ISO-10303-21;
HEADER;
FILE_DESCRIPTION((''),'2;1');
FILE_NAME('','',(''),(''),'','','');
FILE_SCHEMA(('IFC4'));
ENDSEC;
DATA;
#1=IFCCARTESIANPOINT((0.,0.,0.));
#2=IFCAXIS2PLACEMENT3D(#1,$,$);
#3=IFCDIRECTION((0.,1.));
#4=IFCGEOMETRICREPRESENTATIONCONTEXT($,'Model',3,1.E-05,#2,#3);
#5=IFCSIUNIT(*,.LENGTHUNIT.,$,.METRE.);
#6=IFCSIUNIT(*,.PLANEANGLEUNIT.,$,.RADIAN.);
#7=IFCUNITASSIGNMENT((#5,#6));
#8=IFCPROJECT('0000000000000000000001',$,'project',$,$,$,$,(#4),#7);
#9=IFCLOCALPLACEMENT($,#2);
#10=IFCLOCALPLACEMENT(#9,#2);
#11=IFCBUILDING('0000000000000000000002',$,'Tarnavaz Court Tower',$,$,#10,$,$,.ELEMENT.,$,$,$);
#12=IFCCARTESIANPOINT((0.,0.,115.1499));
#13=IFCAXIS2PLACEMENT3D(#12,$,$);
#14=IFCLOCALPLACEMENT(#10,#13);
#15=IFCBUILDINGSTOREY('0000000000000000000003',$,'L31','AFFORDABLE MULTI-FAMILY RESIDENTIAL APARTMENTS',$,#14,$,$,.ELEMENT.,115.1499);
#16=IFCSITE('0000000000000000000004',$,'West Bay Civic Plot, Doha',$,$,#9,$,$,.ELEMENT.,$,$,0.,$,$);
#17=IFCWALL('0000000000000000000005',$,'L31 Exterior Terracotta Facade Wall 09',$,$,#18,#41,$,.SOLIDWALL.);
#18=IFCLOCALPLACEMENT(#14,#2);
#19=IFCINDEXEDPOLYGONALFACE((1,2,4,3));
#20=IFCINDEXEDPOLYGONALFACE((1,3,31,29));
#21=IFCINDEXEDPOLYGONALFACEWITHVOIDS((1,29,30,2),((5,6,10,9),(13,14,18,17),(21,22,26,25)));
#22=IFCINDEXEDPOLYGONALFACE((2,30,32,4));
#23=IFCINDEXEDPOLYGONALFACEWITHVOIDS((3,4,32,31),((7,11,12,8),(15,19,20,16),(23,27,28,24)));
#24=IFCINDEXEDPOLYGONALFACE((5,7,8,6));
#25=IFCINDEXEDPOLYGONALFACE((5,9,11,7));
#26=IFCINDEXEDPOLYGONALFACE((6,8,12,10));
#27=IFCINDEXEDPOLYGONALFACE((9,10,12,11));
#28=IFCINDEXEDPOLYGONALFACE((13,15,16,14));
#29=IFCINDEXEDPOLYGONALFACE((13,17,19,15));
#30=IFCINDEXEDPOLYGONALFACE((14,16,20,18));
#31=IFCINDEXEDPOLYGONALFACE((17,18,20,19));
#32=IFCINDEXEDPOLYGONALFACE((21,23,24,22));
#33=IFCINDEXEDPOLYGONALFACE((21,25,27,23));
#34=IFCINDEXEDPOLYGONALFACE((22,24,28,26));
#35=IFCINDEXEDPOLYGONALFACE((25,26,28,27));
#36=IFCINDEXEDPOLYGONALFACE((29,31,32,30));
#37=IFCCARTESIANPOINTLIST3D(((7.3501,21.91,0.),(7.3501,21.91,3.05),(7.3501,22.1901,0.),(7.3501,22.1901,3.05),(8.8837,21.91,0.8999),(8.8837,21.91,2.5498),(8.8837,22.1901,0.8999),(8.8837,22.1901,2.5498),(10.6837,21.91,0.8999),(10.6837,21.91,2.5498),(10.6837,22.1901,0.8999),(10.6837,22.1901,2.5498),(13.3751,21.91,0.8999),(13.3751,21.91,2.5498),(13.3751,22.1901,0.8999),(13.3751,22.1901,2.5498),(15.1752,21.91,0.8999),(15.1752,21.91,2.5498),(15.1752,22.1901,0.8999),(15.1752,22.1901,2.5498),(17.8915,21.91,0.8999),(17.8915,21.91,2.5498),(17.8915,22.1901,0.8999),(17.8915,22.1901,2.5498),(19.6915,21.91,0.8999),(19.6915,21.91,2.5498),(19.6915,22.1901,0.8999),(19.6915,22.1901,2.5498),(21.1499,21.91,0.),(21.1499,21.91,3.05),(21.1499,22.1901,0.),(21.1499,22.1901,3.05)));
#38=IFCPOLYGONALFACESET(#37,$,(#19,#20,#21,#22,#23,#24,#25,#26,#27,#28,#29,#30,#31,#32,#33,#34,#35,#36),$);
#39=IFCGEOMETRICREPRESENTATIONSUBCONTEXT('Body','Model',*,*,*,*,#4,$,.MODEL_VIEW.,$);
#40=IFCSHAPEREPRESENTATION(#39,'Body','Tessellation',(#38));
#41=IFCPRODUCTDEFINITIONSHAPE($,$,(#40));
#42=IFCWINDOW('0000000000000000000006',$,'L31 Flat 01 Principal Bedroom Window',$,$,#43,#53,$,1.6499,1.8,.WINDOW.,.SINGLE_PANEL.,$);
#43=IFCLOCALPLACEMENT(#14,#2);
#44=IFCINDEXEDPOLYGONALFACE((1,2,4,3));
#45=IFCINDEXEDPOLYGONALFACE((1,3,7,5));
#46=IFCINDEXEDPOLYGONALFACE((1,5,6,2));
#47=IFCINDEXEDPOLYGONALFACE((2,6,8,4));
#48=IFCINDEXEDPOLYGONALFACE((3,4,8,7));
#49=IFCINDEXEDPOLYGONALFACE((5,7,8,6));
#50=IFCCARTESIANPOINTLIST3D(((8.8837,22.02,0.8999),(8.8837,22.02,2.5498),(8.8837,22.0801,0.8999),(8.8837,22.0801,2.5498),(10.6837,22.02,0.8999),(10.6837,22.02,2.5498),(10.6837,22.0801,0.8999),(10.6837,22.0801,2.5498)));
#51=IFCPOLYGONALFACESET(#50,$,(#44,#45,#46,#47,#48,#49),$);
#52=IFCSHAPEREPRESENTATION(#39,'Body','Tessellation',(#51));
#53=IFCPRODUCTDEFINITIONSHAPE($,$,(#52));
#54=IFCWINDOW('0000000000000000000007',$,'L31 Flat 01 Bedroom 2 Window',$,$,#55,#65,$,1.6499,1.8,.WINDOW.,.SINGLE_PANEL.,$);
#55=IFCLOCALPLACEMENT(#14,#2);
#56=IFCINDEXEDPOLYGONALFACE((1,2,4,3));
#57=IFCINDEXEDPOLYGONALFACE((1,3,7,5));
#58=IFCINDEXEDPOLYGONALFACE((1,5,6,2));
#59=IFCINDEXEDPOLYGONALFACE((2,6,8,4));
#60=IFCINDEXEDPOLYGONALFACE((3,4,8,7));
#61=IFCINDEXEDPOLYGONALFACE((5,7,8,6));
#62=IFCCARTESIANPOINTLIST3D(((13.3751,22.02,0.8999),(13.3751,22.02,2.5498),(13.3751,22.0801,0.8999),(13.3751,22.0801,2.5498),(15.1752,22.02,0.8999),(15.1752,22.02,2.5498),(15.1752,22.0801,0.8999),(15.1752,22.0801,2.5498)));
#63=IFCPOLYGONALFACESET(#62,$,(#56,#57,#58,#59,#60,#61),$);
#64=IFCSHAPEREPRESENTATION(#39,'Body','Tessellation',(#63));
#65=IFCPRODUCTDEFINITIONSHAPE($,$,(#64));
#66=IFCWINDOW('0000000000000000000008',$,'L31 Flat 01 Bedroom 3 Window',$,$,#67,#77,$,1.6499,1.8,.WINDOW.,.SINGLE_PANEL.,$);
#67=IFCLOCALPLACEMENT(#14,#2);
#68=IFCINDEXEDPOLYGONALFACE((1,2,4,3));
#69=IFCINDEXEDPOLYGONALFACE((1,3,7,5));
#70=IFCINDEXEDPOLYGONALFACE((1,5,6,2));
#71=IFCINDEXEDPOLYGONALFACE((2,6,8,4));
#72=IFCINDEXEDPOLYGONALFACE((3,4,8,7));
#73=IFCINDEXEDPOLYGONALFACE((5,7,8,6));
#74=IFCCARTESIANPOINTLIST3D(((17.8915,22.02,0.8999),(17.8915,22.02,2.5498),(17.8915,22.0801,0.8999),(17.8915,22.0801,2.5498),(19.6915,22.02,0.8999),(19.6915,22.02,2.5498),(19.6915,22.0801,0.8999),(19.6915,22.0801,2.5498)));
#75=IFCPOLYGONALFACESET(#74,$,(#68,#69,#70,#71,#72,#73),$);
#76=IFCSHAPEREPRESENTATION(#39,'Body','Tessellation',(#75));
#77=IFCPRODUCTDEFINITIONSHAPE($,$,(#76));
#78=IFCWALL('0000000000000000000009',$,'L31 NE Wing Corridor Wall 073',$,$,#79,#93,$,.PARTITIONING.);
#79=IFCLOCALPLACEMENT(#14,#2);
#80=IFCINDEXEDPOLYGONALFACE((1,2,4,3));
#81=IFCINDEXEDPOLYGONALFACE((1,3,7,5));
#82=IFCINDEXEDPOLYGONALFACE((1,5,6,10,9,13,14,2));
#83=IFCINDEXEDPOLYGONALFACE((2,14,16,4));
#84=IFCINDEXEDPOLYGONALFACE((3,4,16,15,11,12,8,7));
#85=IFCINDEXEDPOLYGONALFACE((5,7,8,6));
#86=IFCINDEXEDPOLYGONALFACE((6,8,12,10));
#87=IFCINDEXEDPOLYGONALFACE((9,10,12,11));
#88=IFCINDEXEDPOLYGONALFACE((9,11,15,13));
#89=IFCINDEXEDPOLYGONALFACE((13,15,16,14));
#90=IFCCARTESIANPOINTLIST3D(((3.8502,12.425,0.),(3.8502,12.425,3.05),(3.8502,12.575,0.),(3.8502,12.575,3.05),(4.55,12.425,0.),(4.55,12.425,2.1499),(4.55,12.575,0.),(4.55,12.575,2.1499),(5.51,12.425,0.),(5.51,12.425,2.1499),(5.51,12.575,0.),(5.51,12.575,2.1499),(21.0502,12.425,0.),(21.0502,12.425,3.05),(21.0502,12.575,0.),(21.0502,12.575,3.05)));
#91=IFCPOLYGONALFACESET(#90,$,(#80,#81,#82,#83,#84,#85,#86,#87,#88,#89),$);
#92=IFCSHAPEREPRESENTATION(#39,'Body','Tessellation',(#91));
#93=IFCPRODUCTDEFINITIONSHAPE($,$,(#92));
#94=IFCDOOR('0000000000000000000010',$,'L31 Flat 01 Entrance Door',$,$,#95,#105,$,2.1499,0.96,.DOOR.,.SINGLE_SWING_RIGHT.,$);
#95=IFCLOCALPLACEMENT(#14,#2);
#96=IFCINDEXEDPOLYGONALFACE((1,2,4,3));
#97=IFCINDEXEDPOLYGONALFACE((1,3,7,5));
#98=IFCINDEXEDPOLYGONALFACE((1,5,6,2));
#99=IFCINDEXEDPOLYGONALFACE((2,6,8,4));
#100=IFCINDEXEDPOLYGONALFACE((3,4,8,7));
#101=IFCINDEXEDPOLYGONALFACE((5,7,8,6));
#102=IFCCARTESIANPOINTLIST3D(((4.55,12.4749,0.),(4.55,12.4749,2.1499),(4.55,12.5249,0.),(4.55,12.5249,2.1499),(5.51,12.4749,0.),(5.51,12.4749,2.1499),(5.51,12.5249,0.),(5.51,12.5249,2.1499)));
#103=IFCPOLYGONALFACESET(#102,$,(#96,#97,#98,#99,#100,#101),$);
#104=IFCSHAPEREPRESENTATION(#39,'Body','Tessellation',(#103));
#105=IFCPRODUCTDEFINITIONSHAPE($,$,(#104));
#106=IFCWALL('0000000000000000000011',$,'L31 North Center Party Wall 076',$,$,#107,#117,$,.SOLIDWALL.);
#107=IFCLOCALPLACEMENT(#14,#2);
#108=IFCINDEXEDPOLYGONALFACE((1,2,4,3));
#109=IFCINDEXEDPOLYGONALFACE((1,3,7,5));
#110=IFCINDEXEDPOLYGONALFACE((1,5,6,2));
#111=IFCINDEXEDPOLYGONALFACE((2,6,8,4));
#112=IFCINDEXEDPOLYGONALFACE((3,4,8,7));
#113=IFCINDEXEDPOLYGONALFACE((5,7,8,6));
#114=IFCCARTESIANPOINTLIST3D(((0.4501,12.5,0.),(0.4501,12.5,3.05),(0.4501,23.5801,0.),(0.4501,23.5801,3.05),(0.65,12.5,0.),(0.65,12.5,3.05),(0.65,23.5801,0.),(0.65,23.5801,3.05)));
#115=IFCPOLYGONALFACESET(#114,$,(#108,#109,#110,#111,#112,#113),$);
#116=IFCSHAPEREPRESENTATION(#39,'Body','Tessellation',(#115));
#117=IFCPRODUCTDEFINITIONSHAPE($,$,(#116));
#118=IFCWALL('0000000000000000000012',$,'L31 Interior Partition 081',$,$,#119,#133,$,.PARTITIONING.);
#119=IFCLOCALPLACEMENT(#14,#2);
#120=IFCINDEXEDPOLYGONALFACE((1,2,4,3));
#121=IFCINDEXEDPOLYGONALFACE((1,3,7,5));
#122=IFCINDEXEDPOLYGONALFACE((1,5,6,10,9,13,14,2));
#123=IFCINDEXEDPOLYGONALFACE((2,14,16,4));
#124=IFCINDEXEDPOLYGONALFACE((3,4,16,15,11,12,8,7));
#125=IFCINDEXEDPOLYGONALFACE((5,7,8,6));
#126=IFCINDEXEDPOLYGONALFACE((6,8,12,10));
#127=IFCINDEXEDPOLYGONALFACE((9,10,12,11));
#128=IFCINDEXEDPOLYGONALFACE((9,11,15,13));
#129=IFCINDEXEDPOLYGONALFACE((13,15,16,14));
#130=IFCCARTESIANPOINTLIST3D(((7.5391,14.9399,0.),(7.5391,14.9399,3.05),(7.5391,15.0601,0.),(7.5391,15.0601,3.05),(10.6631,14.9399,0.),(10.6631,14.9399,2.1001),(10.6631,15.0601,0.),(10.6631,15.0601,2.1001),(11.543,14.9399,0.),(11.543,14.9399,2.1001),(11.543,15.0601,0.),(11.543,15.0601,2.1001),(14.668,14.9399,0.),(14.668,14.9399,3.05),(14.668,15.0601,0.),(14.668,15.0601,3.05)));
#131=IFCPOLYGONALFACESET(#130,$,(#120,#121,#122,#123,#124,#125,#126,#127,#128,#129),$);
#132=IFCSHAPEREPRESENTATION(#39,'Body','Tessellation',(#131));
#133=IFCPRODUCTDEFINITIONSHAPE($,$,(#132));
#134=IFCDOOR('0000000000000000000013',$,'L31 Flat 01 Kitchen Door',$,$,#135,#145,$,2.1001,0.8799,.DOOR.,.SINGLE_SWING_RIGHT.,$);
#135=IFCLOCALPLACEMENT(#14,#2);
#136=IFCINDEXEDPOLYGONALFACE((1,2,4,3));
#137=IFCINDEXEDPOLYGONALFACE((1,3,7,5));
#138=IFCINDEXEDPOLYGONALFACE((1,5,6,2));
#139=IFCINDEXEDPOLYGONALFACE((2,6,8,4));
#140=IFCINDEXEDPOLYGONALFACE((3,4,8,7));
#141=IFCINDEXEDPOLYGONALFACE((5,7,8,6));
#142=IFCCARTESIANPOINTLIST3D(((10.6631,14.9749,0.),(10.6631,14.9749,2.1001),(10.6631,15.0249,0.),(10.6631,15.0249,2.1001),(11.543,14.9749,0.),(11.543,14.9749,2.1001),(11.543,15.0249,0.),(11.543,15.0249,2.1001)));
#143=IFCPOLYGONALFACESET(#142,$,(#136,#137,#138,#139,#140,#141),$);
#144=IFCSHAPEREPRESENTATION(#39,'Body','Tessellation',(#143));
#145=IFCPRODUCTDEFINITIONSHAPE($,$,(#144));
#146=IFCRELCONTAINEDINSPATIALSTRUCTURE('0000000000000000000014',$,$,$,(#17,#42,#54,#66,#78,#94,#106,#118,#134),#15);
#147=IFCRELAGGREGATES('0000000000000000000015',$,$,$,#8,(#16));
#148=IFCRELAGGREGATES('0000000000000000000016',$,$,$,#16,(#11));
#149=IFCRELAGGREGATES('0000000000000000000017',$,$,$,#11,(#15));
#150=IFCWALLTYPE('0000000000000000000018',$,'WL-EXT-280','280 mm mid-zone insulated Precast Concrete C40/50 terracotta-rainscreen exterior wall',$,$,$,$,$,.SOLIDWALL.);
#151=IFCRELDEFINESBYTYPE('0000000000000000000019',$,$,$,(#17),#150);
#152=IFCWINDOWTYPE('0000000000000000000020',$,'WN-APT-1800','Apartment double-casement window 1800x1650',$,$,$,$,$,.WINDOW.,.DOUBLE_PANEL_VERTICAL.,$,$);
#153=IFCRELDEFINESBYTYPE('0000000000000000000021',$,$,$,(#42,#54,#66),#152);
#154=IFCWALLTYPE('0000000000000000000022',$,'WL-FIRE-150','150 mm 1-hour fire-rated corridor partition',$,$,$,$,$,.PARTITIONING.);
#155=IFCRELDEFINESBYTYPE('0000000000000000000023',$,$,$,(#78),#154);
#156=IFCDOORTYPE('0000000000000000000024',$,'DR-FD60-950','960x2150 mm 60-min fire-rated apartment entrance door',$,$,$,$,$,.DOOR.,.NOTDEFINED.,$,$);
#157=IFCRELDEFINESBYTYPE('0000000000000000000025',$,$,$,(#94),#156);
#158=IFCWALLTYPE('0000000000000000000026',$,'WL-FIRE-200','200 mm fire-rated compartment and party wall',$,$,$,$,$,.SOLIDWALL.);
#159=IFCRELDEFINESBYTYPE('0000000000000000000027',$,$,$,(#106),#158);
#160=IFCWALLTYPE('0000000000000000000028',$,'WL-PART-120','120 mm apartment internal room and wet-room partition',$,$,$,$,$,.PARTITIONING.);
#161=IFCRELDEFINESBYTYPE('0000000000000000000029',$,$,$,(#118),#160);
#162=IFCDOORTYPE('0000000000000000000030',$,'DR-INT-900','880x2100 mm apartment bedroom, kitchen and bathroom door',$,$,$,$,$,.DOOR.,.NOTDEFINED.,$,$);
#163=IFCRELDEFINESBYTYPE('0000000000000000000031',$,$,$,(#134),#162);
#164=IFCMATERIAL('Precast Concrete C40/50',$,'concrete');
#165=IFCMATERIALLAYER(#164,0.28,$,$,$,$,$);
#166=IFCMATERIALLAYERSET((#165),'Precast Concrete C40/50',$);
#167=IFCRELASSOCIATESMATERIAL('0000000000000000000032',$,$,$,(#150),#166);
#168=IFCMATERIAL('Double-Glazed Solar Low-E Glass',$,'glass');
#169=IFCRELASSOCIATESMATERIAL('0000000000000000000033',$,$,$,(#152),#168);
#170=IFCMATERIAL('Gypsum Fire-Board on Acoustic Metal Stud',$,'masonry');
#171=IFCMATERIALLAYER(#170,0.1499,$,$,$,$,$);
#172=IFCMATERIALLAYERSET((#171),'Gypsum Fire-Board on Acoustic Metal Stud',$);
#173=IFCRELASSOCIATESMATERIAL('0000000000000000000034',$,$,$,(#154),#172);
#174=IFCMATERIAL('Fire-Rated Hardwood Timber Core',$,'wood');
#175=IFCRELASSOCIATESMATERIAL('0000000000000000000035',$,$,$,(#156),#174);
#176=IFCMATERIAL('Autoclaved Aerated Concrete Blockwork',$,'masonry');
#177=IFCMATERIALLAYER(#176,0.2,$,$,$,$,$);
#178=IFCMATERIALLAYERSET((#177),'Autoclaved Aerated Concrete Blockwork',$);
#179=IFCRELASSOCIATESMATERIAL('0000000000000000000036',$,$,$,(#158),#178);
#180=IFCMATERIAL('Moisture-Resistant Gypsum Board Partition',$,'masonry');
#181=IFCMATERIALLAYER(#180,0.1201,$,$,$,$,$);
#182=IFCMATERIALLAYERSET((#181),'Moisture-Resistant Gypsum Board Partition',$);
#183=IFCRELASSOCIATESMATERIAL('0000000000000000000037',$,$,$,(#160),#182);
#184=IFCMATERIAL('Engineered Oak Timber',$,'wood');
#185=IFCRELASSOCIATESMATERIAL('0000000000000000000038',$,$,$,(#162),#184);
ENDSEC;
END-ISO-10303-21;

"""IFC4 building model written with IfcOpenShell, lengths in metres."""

from ifc_helpers import new_model, si_unit, direction, frame, frame_2d, origin, place, context, subcontext, project, spatial, rectangle, extrude, material, layer, layer_set, type_object, element, fill, save


model = new_model("IFC4")

# Units and contexts
model_context = context("Model", 3, precision=1e-05, world=origin(), true_north=direction((0.0, 1.0)))
body_context = subcontext(model_context, "Body", "Model", "MODEL_VIEW")
ifc_project = project(units=[si_unit("LENGTHUNIT", "METRE"), si_unit("PLANEANGLEUNIT", "RADIAN")], contexts=[model_context])

# Site, building, storey
site_placement = place(None, origin())
site = spatial("IfcSite", under=ifc_project, at=site_placement, Name="West Bay Civic Plot, Doha", CompositionType="ELEMENT", RefElevation=0.0)
building_placement = place(site_placement, origin())
building = spatial("IfcBuilding", under=site, at=building_placement, Name="Tarnavaz Court Tower", CompositionType="ELEMENT")
storey_placement = place(building_placement, frame((0.0, 0.0, 115.1499)))
storey = spatial("IfcBuildingStorey", under=building, at=storey_placement, Name="L31", Description="AFFORDABLE MULTI-FAMILY RESIDENTIAL APARTMENTS", CompositionType="ELEMENT", Elevation=115.1499)

# Shared definitions
ifc_material_1 = material(Name="Double-Glazed Solar Low-E Glass", Category="glass")

# Shared definitions
ifc_material_2 = material(Name="Precast Concrete C40/50", Category="concrete")
ifc_layer_1 = layer(ifc_material_2, 0.28)
ifc_layer_set_1 = layer_set([ifc_layer_1], Name="Precast Concrete C40/50")
wall_type_1 = type_object("IfcWallType", Name="WL-EXT-280", Description="280 mm mid-zone insulated Precast Concrete C40/50 terracotta-rainscreen exterior wall", PredefinedType="SOLIDWALL", material=ifc_layer_set_1)

# Wall, openings, windows
wall_1_placement = place(storey_placement, frame((7.3501, 22.05, 0.0), z_axis=(0.0, 0.0, 1.0), x_axis=(1.0, 0.0, 0.0)))
wall_1 = element("IfcWall", 1, at=wall_1_placement, inside=storey, type_object=wall_type_1, Name="L31 Exterior Terracotta Facade Wall 09", PredefinedType="SOLIDWALL", context=body_context, shape_type="SweptSolid", body=[
    extrude(rectangle(XDim=13.7998, YDim=0.28, at=frame_2d((6.8999, 0.0))), origin(), (0.0, 0.0, 1.0), 3.05),
])
opening_1_placement = place(wall_1_placement, frame((1.5337, 0.0, 0.8999)))
opening_1 = element("IfcOpeningElement", 2, at=opening_1_placement, cuts=wall_1, PredefinedType="OPENING", context=body_context, shape_type="SweptSolid", body=[
    extrude(rectangle(XDim=1.8, YDim=1.6499, at=frame_2d((0.8999, 0.825))), frame((0.0, 0.1499, 0.0), z_axis=(0.0, -1.0, 0.0), x_axis=(1.0, 0.0, 0.0)), (0.0, 0.0, 1.0), 0.3),
])
opening_2_placement = place(wall_1_placement, frame((6.0251, 0.0, 0.8999)))
opening_2 = element("IfcOpeningElement", 3, at=opening_2_placement, cuts=wall_1, PredefinedType="OPENING", context=body_context, shape_type="SweptSolid", body=[
    extrude(rectangle(XDim=1.8, YDim=1.6499, at=frame_2d((0.8999, 0.825))), frame((0.0, 0.1499, 0.0), z_axis=(0.0, -1.0, 0.0), x_axis=(1.0, 0.0, 0.0)), (0.0, 0.0, 1.0), 0.3),
])
opening_3_placement = place(wall_1_placement, frame((10.5415, 0.0, 0.8999)))
opening_3 = element("IfcOpeningElement", 4, at=opening_3_placement, cuts=wall_1, PredefinedType="OPENING", context=body_context, shape_type="SweptSolid", body=[
    extrude(rectangle(XDim=1.8, YDim=1.6499, at=frame_2d((0.8999, 0.825))), frame((0.0, 0.1499, 0.0), z_axis=(0.0, -1.0, 0.0), x_axis=(1.0, 0.0, 0.0)), (0.0, 0.0, 1.0), 0.3),
])
window_type_1 = type_object("IfcWindowType", Name="WN-APT-1800", Description="Apartment double-casement window 1800x1650", PartitioningType="DOUBLE_PANEL_VERTICAL", PredefinedType="WINDOW", material=ifc_material_1)
window_1_placement = place(opening_1_placement, origin())
window_1 = element("IfcWindow", 5, at=window_1_placement, inside=storey, type_object=window_type_1, Name="L31 Flat 01 Principal Bedroom Window", OverallHeight=1.6499, OverallWidth=1.8, PartitioningType="SINGLE_PANEL", PredefinedType="WINDOW", context=body_context, shape_type="SweptSolid", body=[
    extrude(rectangle(XDim=1.8, YDim=1.6499, at=frame_2d((0.8999, 0.825))), frame((0.0, 0.03, 0.0), z_axis=(0.0, -1.0, 0.0), x_axis=(1.0, 0.0, 0.0)), (0.0, 0.0, 1.0), 0.0601),
])
fill(opening_1, window_1)
window_2_placement = place(opening_2_placement, origin())
window_2 = element("IfcWindow", 6, at=window_2_placement, inside=storey, type_object=window_type_1, Name="L31 Flat 01 Bedroom 2 Window", OverallHeight=1.6499, OverallWidth=1.8, PartitioningType="SINGLE_PANEL", PredefinedType="WINDOW", context=body_context, shape_type="SweptSolid", body=[
    extrude(rectangle(XDim=1.8, YDim=1.6499, at=frame_2d((0.8999, 0.825))), frame((0.0, 0.03, 0.0), z_axis=(0.0, -1.0, 0.0), x_axis=(1.0, 0.0, 0.0)), (0.0, 0.0, 1.0), 0.0601),
])
fill(opening_2, window_2)
window_3_placement = place(opening_3_placement, origin())
window_3 = element("IfcWindow", 7, at=window_3_placement, inside=storey, type_object=window_type_1, Name="L31 Flat 01 Bedroom 3 Window", OverallHeight=1.6499, OverallWidth=1.8, PartitioningType="SINGLE_PANEL", PredefinedType="WINDOW", context=body_context, shape_type="SweptSolid", body=[
    extrude(rectangle(XDim=1.8, YDim=1.6499, at=frame_2d((0.8999, 0.825))), frame((0.0, 0.03, 0.0), z_axis=(0.0, -1.0, 0.0), x_axis=(1.0, 0.0, 0.0)), (0.0, 0.0, 1.0), 0.0601),
])
fill(opening_3, window_3)

# Wall, opening, door
ifc_material_3 = material(Name="Gypsum Fire-Board on Acoustic Metal Stud", Category="masonry")
ifc_layer_2 = layer(ifc_material_3, 0.1499)
ifc_layer_set_2 = layer_set([ifc_layer_2], Name="Gypsum Fire-Board on Acoustic Metal Stud")
wall_type_2 = type_object("IfcWallType", Name="WL-FIRE-150", Description="150 mm 1-hour fire-rated corridor partition", PredefinedType="PARTITIONING", material=ifc_layer_set_2)
wall_2_placement = place(storey_placement, frame((3.8501, 12.5, 0.0), z_axis=(0.0, 0.0, 1.0), x_axis=(1.0, 0.0, 0.0)))
wall_2 = element("IfcWall", 8, at=wall_2_placement, inside=storey, type_object=wall_type_2, Name="L31 NE Wing Corridor Wall 073", PredefinedType="PARTITIONING", context=body_context, shape_type="SweptSolid", body=[
    extrude(rectangle(XDim=17.2, YDim=0.1499, at=frame_2d((8.6001, 0.0))), origin(), (0.0, 0.0, 1.0), 3.05),
])
opening_4_placement = place(wall_2_placement, frame((0.7, 0.0, 0.0)))
opening_4 = element("IfcOpeningElement", 9, at=opening_4_placement, cuts=wall_2, PredefinedType="OPENING", context=body_context, shape_type="SweptSolid", body=[
    extrude(rectangle(XDim=0.96, YDim=2.1499, at=frame_2d((0.48, 1.075))), frame((0.0, 0.085, 0.0), z_axis=(0.0, -1.0, 0.0), x_axis=(1.0, 0.0, 0.0)), (0.0, 0.0, 1.0), 0.1699),
])
ifc_material_4 = material(Name="Fire-Rated Hardwood Timber Core", Category="wood")
door_type_1 = type_object("IfcDoorType", Name="DR-FD60-950", Description="960x2150 mm 60-min fire-rated apartment entrance door", OperationType="NOTDEFINED", PredefinedType="DOOR", material=ifc_material_4)
door_1_placement = place(opening_4_placement, origin())
door_1 = element("IfcDoor", 10, at=door_1_placement, inside=storey, type_object=door_type_1, Name="L31 Flat 01 Entrance Door", OperationType="SINGLE_SWING_RIGHT", OverallHeight=2.1499, OverallWidth=0.96, PredefinedType="DOOR", context=body_context, shape_type="SweptSolid", body=[
    extrude(rectangle(XDim=0.96, YDim=2.1499, at=frame_2d((0.48, 1.075))), frame((0.0, 0.0249, 0.0), z_axis=(0.0, -1.0, 0.0), x_axis=(1.0, 0.0, 0.0)), (0.0, 0.0, 1.0), 0.05),
])
fill(opening_4, door_1)

# Wall
ifc_material_5 = material(Name="Autoclaved Aerated Concrete Blockwork", Category="masonry")
ifc_layer_3 = layer(ifc_material_5, 0.2)
ifc_layer_set_3 = layer_set([ifc_layer_3], Name="Autoclaved Aerated Concrete Blockwork")
wall_type_3 = type_object("IfcWallType", Name="WL-FIRE-200", Description="200 mm fire-rated compartment and party wall", PredefinedType="SOLIDWALL", material=ifc_layer_set_3)
wall_3_placement = place(storey_placement, frame((0.55, 12.5, 0.0), z_axis=(0.0, 0.0, 1.0), x_axis=(0.0, 1.0, 0.0)))
element("IfcWall", 11, at=wall_3_placement, inside=storey, type_object=wall_type_3, Name="L31 North Center Party Wall 076", PredefinedType="SOLIDWALL", context=body_context, shape_type="SweptSolid", body=[
    extrude(rectangle(XDim=11.0801, YDim=0.2, at=frame_2d((5.54, 0.0))), origin(), (0.0, 0.0, 1.0), 3.05),
])

# Wall, opening, door
ifc_material_6 = material(Name="Moisture-Resistant Gypsum Board Partition", Category="masonry")
ifc_layer_4 = layer(ifc_material_6, 0.1201)
ifc_layer_set_4 = layer_set([ifc_layer_4], Name="Moisture-Resistant Gypsum Board Partition")
wall_type_4 = type_object("IfcWallType", Name="WL-PART-120", Description="120 mm apartment internal room and wet-room partition", PredefinedType="PARTITIONING", material=ifc_layer_set_4)
wall_4_placement = place(storey_placement, frame((7.5391, 15.0, 0.0), z_axis=(0.0, 0.0, 1.0), x_axis=(1.0, 0.0, 0.0)))
wall_4 = element("IfcWall", 12, at=wall_4_placement, inside=storey, type_object=wall_type_4, Name="L31 Interior Partition 081", PredefinedType="PARTITIONING", context=body_context, shape_type="SweptSolid", body=[
    extrude(rectangle(XDim=7.1289, YDim=0.1201, at=frame_2d((3.5645, 0.0))), origin(), (0.0, 0.0, 1.0), 3.05),
])
opening_5_placement = place(wall_4_placement, frame((3.124, 0.0, 0.0)))
opening_5 = element("IfcOpeningElement", 13, at=opening_5_placement, cuts=wall_4, PredefinedType="OPENING", context=body_context, shape_type="SweptSolid", body=[
    extrude(rectangle(XDim=0.8799, YDim=2.1001, at=frame_2d((0.4399, 1.05))), frame((0.0, 0.0701, 0.0), z_axis=(0.0, -1.0, 0.0), x_axis=(1.0, 0.0, 0.0)), (0.0, 0.0, 1.0), 0.1401),
])
ifc_material_7 = material(Name="Engineered Oak Timber", Category="wood")
door_type_2 = type_object("IfcDoorType", Name="DR-INT-900", Description="880x2100 mm apartment bedroom, kitchen and bathroom door", OperationType="NOTDEFINED", PredefinedType="DOOR", material=ifc_material_7)
door_2_placement = place(opening_5_placement, origin())
door_2 = element("IfcDoor", 14, at=door_2_placement, inside=storey, type_object=door_type_2, Name="L31 Flat 01 Kitchen Door", OperationType="SINGLE_SWING_RIGHT", OverallHeight=2.1001, OverallWidth=0.8799, PredefinedType="DOOR", context=body_context, shape_type="SweptSolid", body=[
    extrude(rectangle(XDim=0.8799, YDim=2.1001, at=frame_2d((0.4399, 1.05))), frame((0.0, 0.0249, 0.0), z_axis=(0.0, -1.0, 0.0), x_axis=(1.0, 0.0, 0.0)), (0.0, 0.0, 1.0), 0.05),
])
fill(opening_5, door_2)

save(model, "model.ifc")
